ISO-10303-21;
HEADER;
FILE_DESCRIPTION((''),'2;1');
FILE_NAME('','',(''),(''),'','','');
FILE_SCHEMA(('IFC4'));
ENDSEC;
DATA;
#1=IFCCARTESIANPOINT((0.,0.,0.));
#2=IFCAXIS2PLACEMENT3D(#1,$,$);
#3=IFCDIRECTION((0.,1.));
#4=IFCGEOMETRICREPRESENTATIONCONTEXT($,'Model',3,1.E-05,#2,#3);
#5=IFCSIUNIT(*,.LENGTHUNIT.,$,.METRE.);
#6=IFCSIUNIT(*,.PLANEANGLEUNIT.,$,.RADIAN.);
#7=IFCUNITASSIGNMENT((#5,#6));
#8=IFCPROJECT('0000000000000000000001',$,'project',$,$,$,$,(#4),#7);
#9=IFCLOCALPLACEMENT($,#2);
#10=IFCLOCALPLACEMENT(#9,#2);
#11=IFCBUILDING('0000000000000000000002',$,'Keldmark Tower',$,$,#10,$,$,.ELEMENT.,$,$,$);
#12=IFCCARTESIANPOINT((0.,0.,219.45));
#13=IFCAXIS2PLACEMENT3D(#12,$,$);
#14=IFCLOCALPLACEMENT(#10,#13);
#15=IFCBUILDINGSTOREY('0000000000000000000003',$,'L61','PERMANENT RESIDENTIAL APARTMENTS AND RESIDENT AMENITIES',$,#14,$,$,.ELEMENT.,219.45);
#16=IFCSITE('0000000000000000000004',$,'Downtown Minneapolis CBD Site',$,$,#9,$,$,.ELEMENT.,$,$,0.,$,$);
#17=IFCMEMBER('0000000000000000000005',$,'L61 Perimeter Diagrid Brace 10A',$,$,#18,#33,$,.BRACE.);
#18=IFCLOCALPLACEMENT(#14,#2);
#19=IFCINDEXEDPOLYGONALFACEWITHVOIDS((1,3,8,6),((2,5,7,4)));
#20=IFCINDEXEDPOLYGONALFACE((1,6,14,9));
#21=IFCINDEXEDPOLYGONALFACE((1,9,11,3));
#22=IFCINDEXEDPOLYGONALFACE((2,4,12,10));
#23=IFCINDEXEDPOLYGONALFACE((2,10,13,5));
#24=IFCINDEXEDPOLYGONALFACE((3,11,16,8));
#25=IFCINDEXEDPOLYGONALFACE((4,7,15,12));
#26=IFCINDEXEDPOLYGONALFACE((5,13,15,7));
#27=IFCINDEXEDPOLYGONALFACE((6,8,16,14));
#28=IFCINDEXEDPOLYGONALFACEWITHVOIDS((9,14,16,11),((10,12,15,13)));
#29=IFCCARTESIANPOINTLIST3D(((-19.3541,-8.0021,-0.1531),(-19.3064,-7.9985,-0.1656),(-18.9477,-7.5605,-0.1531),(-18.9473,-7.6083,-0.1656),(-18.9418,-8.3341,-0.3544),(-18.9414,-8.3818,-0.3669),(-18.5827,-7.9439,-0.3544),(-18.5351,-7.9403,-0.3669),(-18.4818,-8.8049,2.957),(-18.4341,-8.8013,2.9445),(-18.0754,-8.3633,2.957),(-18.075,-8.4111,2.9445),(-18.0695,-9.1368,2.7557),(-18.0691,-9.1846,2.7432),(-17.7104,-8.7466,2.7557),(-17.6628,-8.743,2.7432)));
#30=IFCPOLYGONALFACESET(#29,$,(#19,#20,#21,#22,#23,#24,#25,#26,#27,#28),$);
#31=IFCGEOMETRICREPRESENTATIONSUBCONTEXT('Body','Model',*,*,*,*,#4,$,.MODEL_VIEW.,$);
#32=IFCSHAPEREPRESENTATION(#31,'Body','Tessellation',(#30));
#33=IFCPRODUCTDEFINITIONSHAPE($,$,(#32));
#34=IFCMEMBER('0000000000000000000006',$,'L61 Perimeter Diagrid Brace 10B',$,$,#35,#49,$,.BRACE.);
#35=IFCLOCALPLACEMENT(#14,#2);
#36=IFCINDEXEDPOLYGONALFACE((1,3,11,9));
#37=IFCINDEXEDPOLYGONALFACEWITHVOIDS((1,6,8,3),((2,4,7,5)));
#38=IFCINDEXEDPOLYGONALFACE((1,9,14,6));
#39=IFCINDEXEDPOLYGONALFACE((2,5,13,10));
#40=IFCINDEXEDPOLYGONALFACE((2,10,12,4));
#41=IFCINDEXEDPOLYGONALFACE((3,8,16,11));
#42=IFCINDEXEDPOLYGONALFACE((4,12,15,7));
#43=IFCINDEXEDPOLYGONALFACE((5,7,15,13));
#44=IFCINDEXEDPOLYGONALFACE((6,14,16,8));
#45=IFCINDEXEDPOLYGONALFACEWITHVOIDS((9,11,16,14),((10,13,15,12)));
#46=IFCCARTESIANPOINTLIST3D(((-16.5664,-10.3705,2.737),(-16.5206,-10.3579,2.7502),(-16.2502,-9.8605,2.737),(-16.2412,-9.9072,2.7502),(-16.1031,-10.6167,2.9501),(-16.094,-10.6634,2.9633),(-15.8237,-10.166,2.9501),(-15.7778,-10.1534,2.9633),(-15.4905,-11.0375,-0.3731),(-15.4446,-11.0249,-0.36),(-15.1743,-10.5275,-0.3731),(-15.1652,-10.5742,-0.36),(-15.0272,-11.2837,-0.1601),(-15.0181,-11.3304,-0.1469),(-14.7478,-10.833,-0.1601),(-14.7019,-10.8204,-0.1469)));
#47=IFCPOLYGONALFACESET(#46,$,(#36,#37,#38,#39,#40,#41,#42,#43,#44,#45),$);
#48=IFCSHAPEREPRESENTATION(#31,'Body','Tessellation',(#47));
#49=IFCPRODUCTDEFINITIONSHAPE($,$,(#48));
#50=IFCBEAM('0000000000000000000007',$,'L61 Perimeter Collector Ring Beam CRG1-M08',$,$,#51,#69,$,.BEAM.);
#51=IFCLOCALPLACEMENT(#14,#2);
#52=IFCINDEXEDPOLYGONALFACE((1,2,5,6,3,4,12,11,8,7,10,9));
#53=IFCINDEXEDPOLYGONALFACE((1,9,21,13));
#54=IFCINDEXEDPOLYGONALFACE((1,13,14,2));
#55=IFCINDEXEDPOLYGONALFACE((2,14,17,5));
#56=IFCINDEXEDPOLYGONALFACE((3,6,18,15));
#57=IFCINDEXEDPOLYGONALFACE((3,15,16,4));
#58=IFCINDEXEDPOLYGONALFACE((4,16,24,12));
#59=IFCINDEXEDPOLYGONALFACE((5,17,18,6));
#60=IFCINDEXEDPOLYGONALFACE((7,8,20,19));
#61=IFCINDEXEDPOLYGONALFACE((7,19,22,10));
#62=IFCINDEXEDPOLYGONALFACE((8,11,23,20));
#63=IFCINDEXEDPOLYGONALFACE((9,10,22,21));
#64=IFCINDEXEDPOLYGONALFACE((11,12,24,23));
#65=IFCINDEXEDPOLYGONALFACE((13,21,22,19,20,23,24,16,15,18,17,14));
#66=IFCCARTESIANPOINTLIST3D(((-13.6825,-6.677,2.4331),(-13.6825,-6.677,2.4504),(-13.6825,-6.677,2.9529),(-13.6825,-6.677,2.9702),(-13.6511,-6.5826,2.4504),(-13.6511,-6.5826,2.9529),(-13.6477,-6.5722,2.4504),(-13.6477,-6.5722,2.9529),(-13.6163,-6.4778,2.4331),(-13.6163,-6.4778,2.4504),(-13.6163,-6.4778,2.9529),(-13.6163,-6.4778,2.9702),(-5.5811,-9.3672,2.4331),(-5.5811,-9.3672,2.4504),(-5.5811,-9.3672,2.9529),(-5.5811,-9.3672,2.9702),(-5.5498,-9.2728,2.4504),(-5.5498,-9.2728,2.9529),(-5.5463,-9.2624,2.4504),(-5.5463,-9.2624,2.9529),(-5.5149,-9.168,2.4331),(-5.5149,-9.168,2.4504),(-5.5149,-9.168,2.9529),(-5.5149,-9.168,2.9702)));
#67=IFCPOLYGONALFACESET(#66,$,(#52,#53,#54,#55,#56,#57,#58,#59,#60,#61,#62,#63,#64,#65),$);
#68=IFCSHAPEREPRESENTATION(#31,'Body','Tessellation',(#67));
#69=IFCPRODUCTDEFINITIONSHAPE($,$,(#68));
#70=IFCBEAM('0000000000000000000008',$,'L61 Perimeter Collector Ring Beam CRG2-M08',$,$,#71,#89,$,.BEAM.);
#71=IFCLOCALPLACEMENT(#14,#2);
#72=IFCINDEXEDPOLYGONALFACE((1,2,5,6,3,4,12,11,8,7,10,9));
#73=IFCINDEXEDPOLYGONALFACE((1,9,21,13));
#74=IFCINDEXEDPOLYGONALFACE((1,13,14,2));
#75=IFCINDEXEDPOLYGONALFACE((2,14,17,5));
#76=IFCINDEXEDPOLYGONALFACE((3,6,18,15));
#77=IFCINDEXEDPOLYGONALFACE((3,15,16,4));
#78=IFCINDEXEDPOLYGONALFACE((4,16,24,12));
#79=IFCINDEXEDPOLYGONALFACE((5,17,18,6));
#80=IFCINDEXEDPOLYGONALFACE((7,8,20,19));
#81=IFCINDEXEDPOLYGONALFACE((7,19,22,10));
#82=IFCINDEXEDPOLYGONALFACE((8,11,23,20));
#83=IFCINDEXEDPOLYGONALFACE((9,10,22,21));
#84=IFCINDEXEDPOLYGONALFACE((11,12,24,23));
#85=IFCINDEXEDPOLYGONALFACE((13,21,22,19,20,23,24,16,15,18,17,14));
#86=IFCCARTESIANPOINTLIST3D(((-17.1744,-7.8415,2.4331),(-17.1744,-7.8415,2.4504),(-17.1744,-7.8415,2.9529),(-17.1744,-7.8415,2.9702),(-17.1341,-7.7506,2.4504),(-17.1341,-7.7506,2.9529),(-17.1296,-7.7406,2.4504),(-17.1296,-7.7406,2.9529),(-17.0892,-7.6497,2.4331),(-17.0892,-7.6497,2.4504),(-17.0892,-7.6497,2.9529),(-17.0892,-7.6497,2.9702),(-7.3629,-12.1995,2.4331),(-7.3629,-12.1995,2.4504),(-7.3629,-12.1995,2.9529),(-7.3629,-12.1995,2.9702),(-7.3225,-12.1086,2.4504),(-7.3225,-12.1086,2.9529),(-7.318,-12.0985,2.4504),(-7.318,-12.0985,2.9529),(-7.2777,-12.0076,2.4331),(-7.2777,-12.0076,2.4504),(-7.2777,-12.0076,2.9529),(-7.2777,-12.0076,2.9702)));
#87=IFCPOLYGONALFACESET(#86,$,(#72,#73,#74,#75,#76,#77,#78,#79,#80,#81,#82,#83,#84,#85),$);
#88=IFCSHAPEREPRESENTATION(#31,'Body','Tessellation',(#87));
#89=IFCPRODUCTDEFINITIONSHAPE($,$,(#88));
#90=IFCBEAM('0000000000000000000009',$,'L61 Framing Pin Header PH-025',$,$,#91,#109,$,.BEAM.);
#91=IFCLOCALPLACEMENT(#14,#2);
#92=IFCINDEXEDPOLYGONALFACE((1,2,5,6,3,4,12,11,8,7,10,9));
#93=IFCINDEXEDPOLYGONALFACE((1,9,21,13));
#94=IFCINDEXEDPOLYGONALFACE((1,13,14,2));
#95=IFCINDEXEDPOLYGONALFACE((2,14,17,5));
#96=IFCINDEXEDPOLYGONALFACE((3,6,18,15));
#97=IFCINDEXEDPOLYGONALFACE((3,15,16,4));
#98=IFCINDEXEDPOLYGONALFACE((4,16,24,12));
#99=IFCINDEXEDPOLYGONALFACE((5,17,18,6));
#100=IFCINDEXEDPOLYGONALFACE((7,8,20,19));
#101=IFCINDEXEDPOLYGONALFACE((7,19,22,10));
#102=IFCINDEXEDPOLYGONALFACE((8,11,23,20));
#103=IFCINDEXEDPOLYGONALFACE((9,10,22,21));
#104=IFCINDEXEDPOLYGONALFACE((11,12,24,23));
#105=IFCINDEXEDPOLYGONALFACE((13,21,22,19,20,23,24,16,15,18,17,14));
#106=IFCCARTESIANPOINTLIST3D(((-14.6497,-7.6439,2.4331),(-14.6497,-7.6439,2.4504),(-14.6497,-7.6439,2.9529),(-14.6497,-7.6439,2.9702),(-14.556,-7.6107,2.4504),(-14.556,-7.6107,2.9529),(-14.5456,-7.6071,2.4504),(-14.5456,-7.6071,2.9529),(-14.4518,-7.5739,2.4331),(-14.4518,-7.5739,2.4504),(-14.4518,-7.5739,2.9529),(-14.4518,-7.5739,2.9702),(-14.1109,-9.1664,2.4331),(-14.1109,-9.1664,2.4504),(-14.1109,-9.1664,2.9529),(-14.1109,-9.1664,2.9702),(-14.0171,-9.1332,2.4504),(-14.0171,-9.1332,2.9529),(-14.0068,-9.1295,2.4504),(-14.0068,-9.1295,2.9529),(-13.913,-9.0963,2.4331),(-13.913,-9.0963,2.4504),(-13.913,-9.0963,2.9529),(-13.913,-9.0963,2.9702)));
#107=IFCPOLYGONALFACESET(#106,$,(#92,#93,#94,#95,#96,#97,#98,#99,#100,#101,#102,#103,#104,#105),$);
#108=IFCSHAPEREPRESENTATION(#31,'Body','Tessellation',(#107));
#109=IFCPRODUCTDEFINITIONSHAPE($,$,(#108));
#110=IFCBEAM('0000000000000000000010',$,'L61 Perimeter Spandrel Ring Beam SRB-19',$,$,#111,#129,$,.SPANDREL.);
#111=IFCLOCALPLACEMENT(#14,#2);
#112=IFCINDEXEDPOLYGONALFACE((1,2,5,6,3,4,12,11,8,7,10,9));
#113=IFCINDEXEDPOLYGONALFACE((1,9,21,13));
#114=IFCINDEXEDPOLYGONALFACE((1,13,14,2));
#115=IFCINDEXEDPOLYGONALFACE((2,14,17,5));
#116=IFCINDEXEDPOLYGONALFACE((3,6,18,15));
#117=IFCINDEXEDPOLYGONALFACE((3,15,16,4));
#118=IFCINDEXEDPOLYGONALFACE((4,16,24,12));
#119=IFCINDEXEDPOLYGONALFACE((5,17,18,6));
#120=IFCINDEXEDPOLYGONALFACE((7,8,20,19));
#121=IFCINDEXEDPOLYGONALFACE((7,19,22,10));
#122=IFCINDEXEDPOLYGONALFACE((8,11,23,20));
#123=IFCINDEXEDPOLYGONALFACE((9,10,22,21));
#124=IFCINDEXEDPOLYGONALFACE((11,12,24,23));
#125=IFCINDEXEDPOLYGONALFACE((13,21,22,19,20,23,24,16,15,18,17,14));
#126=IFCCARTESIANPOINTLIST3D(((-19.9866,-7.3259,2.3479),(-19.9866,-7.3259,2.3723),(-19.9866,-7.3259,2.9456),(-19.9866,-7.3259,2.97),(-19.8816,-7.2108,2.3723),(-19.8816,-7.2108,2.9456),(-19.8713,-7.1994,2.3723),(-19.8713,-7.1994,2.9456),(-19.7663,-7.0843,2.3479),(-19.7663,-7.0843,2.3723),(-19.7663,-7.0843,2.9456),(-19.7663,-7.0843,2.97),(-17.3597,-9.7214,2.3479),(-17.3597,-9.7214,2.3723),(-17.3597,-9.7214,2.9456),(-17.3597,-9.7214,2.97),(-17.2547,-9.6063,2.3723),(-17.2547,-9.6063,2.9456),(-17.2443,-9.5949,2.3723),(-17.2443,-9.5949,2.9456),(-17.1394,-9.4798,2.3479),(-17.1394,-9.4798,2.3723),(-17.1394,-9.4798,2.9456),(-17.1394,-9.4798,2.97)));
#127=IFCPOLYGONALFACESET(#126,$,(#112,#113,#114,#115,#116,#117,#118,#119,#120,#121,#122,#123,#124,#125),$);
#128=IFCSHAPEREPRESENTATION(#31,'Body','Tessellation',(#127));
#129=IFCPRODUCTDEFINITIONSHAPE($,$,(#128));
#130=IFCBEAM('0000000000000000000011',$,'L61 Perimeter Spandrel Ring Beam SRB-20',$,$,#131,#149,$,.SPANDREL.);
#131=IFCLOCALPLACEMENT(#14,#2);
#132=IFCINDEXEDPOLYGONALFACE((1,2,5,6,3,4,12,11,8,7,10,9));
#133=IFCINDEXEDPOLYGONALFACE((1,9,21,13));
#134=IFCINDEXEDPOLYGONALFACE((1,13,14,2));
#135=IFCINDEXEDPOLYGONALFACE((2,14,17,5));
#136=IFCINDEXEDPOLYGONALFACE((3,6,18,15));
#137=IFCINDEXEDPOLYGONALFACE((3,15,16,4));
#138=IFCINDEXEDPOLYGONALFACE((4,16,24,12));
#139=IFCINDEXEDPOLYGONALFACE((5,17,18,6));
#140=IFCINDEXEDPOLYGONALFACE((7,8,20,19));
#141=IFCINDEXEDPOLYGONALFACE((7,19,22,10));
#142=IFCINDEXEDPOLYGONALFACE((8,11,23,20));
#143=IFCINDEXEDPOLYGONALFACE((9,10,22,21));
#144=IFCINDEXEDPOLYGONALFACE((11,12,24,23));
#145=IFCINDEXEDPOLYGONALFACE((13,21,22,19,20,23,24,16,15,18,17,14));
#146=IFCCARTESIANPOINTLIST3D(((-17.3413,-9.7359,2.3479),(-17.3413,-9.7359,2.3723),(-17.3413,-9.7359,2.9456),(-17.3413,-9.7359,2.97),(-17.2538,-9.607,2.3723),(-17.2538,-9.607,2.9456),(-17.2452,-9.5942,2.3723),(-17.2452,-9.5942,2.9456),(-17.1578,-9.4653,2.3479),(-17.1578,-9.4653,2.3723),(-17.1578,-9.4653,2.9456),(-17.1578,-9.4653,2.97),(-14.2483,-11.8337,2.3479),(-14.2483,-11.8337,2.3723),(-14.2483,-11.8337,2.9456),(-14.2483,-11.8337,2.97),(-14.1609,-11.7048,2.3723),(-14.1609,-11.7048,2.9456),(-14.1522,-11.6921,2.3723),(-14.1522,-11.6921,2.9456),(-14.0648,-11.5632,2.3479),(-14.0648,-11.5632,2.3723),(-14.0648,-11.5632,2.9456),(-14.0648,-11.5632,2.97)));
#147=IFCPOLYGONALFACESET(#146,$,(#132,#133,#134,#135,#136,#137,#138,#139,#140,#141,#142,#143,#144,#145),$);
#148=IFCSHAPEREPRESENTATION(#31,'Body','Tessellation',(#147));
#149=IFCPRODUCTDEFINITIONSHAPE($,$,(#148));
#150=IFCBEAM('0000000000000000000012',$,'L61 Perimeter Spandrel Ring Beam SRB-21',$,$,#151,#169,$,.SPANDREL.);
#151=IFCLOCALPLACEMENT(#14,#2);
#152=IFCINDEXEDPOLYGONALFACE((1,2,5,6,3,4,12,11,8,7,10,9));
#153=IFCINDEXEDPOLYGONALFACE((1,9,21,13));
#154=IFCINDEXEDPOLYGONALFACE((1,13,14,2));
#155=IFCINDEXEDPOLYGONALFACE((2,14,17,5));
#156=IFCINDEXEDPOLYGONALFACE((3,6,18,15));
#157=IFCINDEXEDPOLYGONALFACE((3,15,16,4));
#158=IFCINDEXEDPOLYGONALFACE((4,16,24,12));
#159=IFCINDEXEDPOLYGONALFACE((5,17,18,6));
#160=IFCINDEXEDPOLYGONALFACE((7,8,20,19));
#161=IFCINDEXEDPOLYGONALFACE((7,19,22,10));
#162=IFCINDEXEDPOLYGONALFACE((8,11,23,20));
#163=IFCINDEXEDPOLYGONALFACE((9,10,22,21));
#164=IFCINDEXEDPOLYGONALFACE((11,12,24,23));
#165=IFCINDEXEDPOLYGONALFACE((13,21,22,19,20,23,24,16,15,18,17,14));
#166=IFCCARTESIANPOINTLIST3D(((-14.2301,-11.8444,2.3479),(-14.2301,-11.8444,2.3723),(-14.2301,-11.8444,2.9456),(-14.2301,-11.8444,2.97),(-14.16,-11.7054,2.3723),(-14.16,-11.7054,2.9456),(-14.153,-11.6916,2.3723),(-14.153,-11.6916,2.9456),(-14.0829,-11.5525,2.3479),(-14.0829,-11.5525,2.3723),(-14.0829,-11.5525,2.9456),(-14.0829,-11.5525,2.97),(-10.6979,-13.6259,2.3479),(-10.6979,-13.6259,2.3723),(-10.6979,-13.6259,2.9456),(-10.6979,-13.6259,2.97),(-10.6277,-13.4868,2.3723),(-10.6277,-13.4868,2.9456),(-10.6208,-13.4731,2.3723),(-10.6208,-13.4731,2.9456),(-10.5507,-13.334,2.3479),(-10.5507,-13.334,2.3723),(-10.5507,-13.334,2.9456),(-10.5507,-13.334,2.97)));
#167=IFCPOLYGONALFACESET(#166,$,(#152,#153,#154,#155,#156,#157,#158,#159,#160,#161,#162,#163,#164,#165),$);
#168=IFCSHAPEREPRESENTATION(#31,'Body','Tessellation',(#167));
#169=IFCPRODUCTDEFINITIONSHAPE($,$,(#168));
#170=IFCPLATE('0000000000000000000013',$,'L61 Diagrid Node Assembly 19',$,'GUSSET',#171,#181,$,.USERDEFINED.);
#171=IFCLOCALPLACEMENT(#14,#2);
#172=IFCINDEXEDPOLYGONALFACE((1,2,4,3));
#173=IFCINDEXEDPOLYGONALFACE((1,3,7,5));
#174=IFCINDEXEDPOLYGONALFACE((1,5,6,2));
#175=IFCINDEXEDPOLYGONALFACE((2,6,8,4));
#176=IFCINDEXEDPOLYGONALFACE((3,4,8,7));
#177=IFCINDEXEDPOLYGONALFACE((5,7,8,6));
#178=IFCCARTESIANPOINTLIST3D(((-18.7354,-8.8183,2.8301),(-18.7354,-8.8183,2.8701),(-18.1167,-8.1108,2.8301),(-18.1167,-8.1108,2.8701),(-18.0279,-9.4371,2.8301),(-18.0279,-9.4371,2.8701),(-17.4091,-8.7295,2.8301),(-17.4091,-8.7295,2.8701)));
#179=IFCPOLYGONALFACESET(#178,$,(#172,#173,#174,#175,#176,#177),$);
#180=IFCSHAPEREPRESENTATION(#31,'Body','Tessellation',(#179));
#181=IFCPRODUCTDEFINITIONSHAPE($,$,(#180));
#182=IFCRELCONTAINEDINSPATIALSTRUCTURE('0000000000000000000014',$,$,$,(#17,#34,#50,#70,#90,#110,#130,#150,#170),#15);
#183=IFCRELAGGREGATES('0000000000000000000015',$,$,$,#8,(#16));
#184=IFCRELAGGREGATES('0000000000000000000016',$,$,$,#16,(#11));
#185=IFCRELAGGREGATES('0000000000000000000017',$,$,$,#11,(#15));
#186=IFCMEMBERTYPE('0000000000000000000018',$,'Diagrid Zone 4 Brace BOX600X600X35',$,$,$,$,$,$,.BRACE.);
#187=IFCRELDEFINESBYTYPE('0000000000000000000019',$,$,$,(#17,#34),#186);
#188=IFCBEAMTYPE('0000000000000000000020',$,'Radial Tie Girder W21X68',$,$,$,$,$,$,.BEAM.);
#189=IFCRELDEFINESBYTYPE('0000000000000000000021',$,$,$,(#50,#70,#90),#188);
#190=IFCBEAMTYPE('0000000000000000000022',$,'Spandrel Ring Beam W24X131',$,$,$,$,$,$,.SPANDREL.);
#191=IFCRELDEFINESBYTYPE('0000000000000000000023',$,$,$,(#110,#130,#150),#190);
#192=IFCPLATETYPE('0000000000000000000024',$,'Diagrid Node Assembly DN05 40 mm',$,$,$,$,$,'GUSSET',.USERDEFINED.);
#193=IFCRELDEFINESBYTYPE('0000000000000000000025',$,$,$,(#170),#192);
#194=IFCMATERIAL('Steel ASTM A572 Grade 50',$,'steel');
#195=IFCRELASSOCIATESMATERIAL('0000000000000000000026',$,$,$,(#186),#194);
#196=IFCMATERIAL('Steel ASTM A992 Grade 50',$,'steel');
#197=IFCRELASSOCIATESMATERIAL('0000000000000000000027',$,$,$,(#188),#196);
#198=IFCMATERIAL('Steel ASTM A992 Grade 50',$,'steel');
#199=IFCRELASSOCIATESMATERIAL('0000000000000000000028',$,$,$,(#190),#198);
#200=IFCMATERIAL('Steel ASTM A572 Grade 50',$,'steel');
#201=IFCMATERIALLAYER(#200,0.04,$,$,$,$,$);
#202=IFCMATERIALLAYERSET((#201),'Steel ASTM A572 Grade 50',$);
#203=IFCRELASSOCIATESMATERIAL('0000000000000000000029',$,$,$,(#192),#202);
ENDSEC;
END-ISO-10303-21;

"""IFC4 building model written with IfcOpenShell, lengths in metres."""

from ifc_helpers import new_model, si_unit, direction, frame, origin, origin_2d, place, context, subcontext, project, spatial, rectangle, hollow_rectangle, i_section, extrude, material, layer, layer_set, material_profile, profile_set, type_object, element, save


model = new_model("IFC4")

# Units and contexts
model_context = context("Model", 3, precision=1e-05, world=origin(), true_north=direction((0.0, 1.0)))
body_context = subcontext(model_context, "Body", "Model", "MODEL_VIEW")
ifc_project = project(units=[si_unit("LENGTHUNIT", "METRE"), si_unit("PLANEANGLEUNIT", "RADIAN")], contexts=[model_context])

# Site, building, storey
site_placement = place(None, origin())
site = spatial("IfcSite", under=ifc_project, at=site_placement, Name="Downtown Minneapolis CBD Site", CompositionType="ELEMENT", RefElevation=0.0)
building_placement = place(site_placement, origin())
building = spatial("IfcBuilding", under=site, at=building_placement, Name="Keldmark Tower", CompositionType="ELEMENT")
storey_placement = place(building_placement, frame((0.0, 0.0, 219.45)))
storey = spatial("IfcBuildingStorey", under=building, at=storey_placement, Name="L61", Description="PERMANENT RESIDENTIAL APARTMENTS AND RESIDENT AMENITIES", CompositionType="ELEMENT", Elevation=219.45)

# Members
ifc_material_1 = material(Name="Steel ASTM A572 Grade 50", Category="steel")
ifc_material_profile_1 = material_profile(ifc_material_1, hollow_rectangle(XDim=0.6001, YDim=0.6001, WallThickness=0.0349, at=origin_2d()), Name="BOX600X600X35")
ifc_profile_set_1 = profile_set([ifc_material_profile_1], Name="Steel ASTM A572 Grade 50")
member_type = type_object("IfcMemberType", Name="Diagrid Zone 4 Brace BOX600X600X35", PredefinedType="BRACE", material=ifc_profile_set_1)
member_1_placement = place(storey_placement, frame((-18.9446, -7.9712, -0.26), z_axis=(0.262084, -0.241179, 0.934422), x_axis=(0.67715, 0.735845, 0.0)))
element("IfcMember", 1, at=member_1_placement, inside=storey, type_object=member_type, Name="L61 Perimeter Diagrid Brace 10A", PredefinedType="BRACE", context=body_context, shape_type="SweptSolid", body=[
    extrude(hollow_rectangle(XDim=0.6001, YDim=0.6001, WallThickness=0.0349, at=origin_2d()), origin(), (0.0, 0.0, 1.0), 3.3284),
])
member_2_placement = place(storey_placement, frame((-15.0962, -10.929, -0.26), z_axis=(-0.32042, 0.198636, 0.926215), x_axis=(-0.526892, -0.849932, 0.0)))
element("IfcMember", 2, at=member_2_placement, inside=storey, type_object=member_type, Name="L61 Perimeter Diagrid Brace 10B", PredefinedType="BRACE", context=body_context, shape_type="SweptSolid", body=[
    extrude(hollow_rectangle(XDim=0.6001, YDim=0.6001, WallThickness=0.0349, at=origin_2d()), origin(), (0.0, 0.0, 1.0), 3.3579),
])

# Beams
ifc_material_2 = material(Name="Steel ASTM A992 Grade 50", Category="steel")
ifc_material_profile_2 = material_profile(ifc_material_2, i_section(OverallWidth=0.21, OverallDepth=0.5371, WebThickness=0.011, FlangeThickness=0.0173, at=origin_2d()), Name="W21X68")
ifc_profile_set_2 = profile_set([ifc_material_profile_2], Name="Steel ASTM A992 Grade 50")
beam_type_1 = type_object("IfcBeamType", Name="Radial Tie Girder W21X68", PredefinedType="BEAM", material=ifc_profile_set_2)
beam_1_placement = place(storey_placement, frame((-13.6494, -6.5774, 2.7017), z_axis=(0.949043, -0.315146, 0.0), x_axis=(0.315146, 0.949043, 0.0)))
element("IfcBeam", 3, at=beam_1_placement, inside=storey, type_object=beam_type_1, Name="L61 Perimeter Collector Ring Beam CRG1-M08", PredefinedType="BEAM", context=body_context, shape_type="SweptSolid", body=[
    extrude(i_section(OverallWidth=0.21, OverallDepth=0.5371, WebThickness=0.011, FlangeThickness=0.0173, at=origin_2d()), origin(), (0.0, 0.0, 1.0), 8.5364),
])
beam_2_placement = place(storey_placement, frame((-17.1318, -7.7456, 2.7017), z_axis=(0.913907, -0.405923, 0.0), x_axis=(0.405923, 0.913907, 0.0)))
element("IfcBeam", 4, at=beam_2_placement, inside=storey, type_object=beam_type_1, Name="L61 Perimeter Collector Ring Beam CRG2-M08", PredefinedType="BEAM", context=body_context, shape_type="SweptSolid", body=[
    extrude(i_section(OverallWidth=0.21, OverallDepth=0.5371, WebThickness=0.011, FlangeThickness=0.0173, at=origin_2d()), origin(), (0.0, 0.0, 1.0), 10.7358),
])
beam_3_placement = place(storey_placement, frame((-14.5508, -7.6089, 2.7017), z_axis=(0.333634, -0.942703, 0.0), x_axis=(0.942703, 0.333634, 0.0)))
element("IfcBeam", 5, at=beam_3_placement, inside=storey, type_object=beam_type_1, Name="L61 Framing Pin Header PH-025", PredefinedType="BEAM", context=body_context, shape_type="SweptSolid", body=[
    extrude(i_section(OverallWidth=0.21, OverallDepth=0.5371, WebThickness=0.011, FlangeThickness=0.0173, at=origin_2d()), origin(), (0.0, 0.0, 1.0), 1.615),
])
ifc_material_3 = material(Name="Steel ASTM A992 Grade 50", Category="steel")
ifc_material_profile_3 = material_profile(ifc_material_3, i_section(OverallWidth=0.3269, OverallDepth=0.6221, WebThickness=0.0154, FlangeThickness=0.0244, at=origin_2d()), Name="W24X131")
ifc_profile_set_3 = profile_set([ifc_material_profile_3], Name="Steel ASTM A992 Grade 50")
beam_type_2 = type_object("IfcBeamType", Name="Spandrel Ring Beam W24X131", PredefinedType="SPANDREL", material=ifc_profile_set_3)
beam_4_placement = place(storey_placement, frame((-19.8765, -7.2051, 2.6589), z_axis=(0.738908, -0.673807, 0.0), x_axis=(0.673807, 0.738908, 0.0)))
element("IfcBeam", 6, at=beam_4_placement, inside=storey, type_object=beam_type_2, Name="L61 Perimeter Spandrel Ring Beam SRB-19", PredefinedType="SPANDREL", context=body_context, shape_type="SweptSolid", body=[
    extrude(i_section(OverallWidth=0.3269, OverallDepth=0.6221, WebThickness=0.0154, FlangeThickness=0.0244, at=origin_2d()), origin(), (0.0, 0.0, 1.0), 3.5552),
])
beam_5_placement = place(storey_placement, frame((-17.2495, -9.6006, 2.6589), z_axis=(0.827592, -0.56133, 0.0), x_axis=(0.56133, 0.827592, 0.0)))
element("IfcBeam", 7, at=beam_5_placement, inside=storey, type_object=beam_type_2, Name="L61 Perimeter Spandrel Ring Beam SRB-20", PredefinedType="SPANDREL", context=body_context, shape_type="SweptSolid", body=[
    extrude(i_section(OverallWidth=0.3269, OverallDepth=0.6221, WebThickness=0.0154, FlangeThickness=0.0244, at=origin_2d()), origin(), (0.0, 0.0, 1.0), 3.7373),
])
beam_6_placement = place(storey_placement, frame((-14.1565, -11.6985, 2.6589), z_axis=(0.892867, -0.450321, 0.0), x_axis=(0.450321, 0.892867, 0.0)))
element("IfcBeam", 8, at=beam_6_placement, inside=storey, type_object=beam_type_2, Name="L61 Perimeter Spandrel Ring Beam SRB-21", PredefinedType="SPANDREL", context=body_context, shape_type="SweptSolid", body=[
    extrude(i_section(OverallWidth=0.3269, OverallDepth=0.6221, WebThickness=0.0154, FlangeThickness=0.0244, at=origin_2d()), origin(), (0.0, 0.0, 1.0), 3.9561),
])

# Plate
ifc_material_4 = material(Name="Steel ASTM A572 Grade 50", Category="steel")
ifc_layer_1 = layer(ifc_material_4, 0.04)
ifc_layer_set_1 = layer_set([ifc_layer_1], Name="Steel ASTM A572 Grade 50")
plate_type = type_object("IfcPlateType", Name="Diagrid Node Assembly DN05 40 mm", ElementType="GUSSET", PredefinedType="USERDEFINED", material=ifc_layer_set_1)
for number, where, z_axis, x_axis, name in (
    (9, (-18.0723, -8.7739, 2.8301), (0.0, 0.0, 1.0), (0.75276, -0.658295, 0.0), "L61 Diagrid Node Assembly 19"),
):
    element("IfcPlate", number, at=place(storey_placement, frame(where, z_axis=z_axis, x_axis=x_axis)), inside=storey, type_object=plate_type, Name=name, ObjectType="GUSSET", PredefinedType="USERDEFINED", context=body_context, shape_type="SweptSolid", body=[
        extrude(rectangle(XDim=0.9399, YDim=0.9399, at=origin_2d()), origin(), (0.0, 0.0, 1.0), 0.04),
    ])

save(model, "model.ifc")
